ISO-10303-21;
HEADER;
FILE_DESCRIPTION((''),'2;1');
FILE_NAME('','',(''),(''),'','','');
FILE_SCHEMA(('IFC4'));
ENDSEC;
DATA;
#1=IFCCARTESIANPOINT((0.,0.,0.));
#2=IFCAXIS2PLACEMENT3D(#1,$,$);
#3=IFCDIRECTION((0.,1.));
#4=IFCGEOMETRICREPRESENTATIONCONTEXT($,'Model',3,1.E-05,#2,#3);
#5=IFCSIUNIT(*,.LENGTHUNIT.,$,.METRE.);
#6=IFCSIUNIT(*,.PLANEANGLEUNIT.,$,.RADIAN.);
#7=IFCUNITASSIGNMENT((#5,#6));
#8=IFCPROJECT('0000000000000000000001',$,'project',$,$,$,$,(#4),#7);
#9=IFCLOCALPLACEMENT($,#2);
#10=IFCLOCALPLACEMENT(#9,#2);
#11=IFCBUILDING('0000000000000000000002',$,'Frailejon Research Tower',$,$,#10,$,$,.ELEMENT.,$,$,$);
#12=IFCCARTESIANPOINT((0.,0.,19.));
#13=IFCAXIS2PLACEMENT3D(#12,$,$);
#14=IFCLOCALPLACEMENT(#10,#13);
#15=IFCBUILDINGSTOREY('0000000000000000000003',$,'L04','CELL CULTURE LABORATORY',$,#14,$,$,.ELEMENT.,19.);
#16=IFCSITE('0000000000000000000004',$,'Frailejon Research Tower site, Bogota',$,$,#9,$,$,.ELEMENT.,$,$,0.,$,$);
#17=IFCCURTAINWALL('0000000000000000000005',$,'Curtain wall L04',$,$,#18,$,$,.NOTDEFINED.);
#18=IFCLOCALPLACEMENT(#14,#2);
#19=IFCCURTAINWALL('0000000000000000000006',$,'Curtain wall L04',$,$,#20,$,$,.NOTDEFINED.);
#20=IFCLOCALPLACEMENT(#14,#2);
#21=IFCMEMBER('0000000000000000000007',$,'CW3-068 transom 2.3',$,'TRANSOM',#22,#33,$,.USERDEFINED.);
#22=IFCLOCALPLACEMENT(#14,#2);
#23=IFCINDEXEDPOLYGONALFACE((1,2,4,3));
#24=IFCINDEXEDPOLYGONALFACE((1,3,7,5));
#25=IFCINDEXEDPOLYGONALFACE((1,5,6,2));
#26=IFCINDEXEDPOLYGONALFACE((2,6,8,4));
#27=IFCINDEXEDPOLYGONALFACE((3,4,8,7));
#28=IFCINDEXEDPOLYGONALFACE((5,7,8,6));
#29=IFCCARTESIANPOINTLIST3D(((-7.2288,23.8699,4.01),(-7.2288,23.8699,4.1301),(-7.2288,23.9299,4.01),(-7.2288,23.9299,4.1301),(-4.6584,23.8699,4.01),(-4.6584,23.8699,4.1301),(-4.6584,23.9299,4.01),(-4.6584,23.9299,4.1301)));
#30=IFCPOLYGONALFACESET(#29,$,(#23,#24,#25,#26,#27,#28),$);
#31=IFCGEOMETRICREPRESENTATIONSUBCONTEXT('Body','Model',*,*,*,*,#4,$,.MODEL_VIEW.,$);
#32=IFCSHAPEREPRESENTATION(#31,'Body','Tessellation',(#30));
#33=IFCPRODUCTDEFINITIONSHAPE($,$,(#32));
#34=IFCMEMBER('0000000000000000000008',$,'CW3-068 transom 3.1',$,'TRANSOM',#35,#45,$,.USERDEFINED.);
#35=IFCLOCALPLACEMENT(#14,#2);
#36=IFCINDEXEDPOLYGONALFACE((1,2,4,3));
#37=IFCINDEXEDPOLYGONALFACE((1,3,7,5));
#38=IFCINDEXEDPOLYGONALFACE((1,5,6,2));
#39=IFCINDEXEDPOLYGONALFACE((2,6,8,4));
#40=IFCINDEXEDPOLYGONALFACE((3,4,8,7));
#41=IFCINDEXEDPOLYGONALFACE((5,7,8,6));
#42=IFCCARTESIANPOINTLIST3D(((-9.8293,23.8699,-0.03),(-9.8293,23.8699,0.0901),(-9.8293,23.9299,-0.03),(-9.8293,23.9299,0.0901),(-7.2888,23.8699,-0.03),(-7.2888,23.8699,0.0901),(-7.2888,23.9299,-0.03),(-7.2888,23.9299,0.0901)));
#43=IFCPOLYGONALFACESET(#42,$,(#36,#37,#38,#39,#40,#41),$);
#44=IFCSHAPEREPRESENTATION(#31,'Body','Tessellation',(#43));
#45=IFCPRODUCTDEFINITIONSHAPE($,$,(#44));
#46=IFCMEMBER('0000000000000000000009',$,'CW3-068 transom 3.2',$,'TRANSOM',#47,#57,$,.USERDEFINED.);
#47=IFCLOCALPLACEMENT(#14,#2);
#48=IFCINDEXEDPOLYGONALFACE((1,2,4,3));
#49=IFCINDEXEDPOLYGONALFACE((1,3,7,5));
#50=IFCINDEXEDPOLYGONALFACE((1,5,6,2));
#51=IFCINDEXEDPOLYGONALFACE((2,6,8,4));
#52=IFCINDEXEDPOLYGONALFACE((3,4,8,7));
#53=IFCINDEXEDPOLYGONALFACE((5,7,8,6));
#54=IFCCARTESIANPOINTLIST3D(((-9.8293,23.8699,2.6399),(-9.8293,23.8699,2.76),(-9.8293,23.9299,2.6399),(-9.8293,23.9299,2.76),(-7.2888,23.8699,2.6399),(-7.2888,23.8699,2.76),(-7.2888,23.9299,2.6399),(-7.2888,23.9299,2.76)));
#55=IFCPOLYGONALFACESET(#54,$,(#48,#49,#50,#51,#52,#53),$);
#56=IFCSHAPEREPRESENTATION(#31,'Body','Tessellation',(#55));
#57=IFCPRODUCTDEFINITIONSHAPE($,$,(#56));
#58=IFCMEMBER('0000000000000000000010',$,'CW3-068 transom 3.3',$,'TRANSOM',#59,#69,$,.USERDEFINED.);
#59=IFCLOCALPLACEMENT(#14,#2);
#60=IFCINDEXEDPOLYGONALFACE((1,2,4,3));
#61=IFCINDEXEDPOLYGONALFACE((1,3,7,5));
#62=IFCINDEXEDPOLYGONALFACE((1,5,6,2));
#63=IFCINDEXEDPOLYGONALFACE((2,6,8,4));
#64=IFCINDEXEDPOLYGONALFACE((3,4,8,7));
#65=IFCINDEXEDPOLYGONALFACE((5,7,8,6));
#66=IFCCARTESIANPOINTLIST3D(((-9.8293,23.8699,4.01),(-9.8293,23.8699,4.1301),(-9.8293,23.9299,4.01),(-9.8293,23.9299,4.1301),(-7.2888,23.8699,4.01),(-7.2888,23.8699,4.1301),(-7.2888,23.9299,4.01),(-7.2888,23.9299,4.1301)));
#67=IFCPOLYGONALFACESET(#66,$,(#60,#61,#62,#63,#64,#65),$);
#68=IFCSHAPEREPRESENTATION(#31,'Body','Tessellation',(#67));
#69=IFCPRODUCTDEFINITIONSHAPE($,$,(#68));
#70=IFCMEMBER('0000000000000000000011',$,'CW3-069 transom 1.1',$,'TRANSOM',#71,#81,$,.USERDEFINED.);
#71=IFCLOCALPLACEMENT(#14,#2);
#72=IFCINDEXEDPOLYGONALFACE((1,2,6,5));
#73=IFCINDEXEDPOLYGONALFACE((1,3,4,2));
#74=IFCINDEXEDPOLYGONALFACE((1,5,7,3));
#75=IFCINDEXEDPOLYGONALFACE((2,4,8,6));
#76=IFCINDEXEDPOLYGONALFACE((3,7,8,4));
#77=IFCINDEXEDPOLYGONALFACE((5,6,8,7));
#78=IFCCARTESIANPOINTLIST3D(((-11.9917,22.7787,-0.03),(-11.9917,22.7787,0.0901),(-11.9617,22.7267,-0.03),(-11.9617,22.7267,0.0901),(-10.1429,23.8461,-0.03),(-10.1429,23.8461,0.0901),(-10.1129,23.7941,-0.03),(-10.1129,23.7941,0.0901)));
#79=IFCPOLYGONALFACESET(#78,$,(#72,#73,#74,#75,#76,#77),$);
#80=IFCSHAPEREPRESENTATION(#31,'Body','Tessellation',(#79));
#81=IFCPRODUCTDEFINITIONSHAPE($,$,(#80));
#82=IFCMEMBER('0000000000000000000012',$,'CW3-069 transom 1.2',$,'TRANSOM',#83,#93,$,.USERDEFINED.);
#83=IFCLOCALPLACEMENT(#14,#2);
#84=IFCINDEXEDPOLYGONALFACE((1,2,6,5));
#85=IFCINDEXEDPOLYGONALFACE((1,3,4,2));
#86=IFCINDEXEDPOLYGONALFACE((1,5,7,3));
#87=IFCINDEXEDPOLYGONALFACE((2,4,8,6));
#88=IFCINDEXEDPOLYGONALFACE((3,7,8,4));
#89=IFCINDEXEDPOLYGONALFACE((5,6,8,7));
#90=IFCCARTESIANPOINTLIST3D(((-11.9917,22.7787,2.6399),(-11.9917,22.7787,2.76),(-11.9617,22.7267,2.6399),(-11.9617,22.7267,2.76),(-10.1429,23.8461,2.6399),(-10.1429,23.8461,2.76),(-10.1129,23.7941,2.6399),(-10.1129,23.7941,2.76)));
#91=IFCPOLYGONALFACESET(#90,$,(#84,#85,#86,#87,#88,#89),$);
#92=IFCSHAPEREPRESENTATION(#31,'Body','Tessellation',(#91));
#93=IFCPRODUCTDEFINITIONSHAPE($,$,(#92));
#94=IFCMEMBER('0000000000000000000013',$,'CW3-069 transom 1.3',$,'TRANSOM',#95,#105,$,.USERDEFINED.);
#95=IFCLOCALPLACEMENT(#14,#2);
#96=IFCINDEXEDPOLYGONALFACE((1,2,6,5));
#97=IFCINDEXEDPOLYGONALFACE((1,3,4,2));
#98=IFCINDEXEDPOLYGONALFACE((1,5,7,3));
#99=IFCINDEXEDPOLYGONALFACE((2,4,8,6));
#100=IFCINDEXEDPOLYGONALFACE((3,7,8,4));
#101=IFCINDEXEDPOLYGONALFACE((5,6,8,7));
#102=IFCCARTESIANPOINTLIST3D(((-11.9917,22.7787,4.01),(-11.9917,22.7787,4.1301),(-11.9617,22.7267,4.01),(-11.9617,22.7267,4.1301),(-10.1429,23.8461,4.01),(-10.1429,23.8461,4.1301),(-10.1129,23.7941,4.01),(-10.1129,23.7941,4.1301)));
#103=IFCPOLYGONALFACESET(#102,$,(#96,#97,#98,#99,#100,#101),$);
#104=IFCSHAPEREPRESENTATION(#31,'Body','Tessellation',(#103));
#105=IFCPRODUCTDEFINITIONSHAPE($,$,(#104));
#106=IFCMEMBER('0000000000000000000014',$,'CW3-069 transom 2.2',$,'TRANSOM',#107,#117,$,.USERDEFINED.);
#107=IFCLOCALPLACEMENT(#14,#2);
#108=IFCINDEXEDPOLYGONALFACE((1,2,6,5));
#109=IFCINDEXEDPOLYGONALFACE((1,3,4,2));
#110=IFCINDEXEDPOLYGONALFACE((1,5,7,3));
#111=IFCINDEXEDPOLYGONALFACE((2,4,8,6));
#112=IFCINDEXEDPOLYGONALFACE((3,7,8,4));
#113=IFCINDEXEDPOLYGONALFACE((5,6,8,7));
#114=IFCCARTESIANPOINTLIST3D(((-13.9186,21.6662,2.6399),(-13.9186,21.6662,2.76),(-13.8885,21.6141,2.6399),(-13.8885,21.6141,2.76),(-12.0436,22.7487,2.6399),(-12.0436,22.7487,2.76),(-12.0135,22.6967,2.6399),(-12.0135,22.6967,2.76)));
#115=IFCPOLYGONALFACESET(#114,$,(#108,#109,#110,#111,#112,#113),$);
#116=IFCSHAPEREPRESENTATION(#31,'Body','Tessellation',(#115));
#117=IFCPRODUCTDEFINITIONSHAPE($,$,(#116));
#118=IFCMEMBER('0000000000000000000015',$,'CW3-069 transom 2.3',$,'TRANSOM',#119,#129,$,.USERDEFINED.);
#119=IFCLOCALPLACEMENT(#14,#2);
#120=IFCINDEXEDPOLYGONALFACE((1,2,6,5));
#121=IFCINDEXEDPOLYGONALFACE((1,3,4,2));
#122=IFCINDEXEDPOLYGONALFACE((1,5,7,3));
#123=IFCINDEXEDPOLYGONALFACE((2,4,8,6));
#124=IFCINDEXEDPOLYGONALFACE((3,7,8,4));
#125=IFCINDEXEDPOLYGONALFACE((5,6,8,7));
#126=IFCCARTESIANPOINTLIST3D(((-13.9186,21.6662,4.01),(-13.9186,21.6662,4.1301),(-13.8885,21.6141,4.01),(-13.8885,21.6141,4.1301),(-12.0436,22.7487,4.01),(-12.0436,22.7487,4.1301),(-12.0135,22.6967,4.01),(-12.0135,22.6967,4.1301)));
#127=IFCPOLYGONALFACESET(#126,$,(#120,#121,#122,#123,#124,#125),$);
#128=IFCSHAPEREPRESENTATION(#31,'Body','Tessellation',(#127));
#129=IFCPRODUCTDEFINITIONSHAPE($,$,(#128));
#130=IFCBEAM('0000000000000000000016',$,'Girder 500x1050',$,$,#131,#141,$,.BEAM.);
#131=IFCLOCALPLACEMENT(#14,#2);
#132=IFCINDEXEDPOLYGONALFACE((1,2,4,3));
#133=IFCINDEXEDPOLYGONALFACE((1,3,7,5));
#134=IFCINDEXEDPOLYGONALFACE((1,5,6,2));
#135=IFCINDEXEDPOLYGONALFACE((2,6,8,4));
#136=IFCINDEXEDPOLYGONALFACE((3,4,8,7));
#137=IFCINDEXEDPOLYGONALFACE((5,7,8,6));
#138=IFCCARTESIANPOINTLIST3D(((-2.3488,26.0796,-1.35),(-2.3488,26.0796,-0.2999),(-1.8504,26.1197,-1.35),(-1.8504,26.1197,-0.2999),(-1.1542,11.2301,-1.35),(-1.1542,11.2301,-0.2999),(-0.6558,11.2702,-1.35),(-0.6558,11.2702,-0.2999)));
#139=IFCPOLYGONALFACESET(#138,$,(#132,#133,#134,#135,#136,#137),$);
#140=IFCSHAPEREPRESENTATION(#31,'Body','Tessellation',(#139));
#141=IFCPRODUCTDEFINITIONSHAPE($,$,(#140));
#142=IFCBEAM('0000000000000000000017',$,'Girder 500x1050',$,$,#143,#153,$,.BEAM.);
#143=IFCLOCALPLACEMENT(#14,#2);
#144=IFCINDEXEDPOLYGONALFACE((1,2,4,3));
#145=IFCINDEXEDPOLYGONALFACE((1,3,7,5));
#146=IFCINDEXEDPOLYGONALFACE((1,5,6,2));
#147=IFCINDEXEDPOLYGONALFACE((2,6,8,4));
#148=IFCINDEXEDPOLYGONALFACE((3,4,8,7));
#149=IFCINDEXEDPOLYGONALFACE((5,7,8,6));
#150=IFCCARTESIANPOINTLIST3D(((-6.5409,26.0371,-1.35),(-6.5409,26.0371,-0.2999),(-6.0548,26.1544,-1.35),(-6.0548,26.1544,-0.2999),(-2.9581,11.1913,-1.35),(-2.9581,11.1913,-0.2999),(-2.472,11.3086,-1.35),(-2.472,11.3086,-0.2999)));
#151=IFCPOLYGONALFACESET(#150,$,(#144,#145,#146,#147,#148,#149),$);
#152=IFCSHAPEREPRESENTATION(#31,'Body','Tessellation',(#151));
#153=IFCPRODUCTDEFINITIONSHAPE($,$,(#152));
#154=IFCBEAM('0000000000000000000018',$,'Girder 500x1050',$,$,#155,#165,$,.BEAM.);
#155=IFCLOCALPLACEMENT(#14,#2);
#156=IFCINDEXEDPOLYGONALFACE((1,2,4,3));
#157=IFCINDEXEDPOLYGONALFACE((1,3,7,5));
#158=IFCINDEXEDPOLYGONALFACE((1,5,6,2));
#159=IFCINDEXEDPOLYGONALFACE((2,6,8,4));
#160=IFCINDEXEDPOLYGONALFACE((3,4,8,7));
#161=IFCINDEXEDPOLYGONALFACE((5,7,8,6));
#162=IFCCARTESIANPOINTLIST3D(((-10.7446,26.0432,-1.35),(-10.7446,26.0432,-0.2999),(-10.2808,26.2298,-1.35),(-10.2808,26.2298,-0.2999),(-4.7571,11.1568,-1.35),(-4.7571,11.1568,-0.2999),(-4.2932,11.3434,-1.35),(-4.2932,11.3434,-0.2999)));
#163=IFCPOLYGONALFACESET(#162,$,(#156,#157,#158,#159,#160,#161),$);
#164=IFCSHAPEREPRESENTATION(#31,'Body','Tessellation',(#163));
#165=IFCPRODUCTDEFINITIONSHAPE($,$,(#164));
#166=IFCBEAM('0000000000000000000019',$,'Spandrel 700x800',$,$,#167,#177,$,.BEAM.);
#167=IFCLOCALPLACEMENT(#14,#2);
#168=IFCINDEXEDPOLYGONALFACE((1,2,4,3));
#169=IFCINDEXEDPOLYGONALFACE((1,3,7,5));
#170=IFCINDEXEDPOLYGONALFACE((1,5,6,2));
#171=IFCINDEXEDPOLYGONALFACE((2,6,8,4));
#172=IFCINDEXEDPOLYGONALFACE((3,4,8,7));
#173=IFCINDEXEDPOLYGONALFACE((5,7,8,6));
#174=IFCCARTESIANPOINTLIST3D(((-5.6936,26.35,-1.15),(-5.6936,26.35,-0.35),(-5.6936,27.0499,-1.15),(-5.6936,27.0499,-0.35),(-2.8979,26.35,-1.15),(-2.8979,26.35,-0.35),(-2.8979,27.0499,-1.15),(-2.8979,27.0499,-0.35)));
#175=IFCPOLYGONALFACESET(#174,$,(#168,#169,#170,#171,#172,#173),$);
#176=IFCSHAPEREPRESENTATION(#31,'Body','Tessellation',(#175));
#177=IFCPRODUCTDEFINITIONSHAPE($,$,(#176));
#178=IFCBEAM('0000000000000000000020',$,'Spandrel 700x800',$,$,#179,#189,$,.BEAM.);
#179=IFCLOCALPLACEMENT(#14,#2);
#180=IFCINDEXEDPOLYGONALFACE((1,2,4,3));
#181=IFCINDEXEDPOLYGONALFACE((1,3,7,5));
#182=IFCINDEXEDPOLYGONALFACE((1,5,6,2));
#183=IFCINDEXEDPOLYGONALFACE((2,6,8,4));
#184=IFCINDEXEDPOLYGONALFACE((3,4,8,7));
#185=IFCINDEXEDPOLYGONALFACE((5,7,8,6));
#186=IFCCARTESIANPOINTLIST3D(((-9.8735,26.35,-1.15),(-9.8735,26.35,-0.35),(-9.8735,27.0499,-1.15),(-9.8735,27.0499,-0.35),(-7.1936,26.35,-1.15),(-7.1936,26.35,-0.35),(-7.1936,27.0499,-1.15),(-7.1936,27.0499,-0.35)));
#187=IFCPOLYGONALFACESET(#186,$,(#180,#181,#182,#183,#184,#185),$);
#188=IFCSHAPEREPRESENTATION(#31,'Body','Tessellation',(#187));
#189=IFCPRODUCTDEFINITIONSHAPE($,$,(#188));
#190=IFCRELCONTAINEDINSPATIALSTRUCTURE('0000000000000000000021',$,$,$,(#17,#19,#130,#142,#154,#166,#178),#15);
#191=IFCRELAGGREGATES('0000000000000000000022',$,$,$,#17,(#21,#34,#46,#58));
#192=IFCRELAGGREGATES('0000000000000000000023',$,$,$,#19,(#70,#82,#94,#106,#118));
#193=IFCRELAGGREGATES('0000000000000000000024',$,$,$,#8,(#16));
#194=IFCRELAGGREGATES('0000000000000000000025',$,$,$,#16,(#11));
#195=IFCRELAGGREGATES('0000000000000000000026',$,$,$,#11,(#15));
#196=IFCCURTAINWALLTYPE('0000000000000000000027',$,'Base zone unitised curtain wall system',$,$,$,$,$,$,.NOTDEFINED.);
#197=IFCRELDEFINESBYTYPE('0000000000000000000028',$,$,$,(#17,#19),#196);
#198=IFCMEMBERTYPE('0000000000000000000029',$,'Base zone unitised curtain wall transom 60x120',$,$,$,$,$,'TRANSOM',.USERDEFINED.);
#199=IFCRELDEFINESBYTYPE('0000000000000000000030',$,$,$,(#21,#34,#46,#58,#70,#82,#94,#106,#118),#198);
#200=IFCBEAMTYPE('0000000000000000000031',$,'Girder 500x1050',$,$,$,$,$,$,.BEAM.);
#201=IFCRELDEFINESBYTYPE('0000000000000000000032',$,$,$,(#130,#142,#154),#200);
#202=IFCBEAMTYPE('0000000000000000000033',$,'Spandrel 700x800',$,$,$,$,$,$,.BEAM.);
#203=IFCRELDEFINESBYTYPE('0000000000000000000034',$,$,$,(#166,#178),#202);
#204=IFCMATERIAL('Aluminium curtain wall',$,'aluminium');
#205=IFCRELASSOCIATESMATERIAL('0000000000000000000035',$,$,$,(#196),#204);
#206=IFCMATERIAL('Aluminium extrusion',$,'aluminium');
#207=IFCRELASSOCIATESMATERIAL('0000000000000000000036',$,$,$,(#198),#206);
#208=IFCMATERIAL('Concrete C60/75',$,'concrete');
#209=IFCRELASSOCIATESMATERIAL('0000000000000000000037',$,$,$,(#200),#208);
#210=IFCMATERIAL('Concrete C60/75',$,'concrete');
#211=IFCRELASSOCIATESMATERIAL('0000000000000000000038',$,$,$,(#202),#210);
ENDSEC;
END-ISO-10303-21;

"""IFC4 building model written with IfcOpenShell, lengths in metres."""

from ifc_helpers import new_model, si_unit, direction, frame, origin, origin_2d, place, context, subcontext, project, spatial, rectangle, extrude, material, material_profile, profile_set, type_object, element, aggregate, save


model = new_model("IFC4")

# Units and contexts
model_context = context("Model", 3, precision=1e-05, world=origin(), true_north=direction((0.0, 1.0)))
body_context = subcontext(model_context, "Body", "Model", "MODEL_VIEW")
ifc_project = project(units=[si_unit("LENGTHUNIT", "METRE"), si_unit("PLANEANGLEUNIT", "RADIAN")], contexts=[model_context])

# Site, building, storey
site_placement = place(None, origin())
site = spatial("IfcSite", under=ifc_project, at=site_placement, Name="Frailejon Research Tower site, Bogota", CompositionType="ELEMENT", RefElevation=0.0)
building_placement = place(site_placement, origin())
building = spatial("IfcBuilding", under=site, at=building_placement, Name="Frailejon Research Tower", CompositionType="ELEMENT")
storey_placement = place(building_placement, frame((0.0, 0.0, 19.0)))
storey = spatial("IfcBuildingStorey", under=building, at=storey_placement, Name="L04", Description="CELL CULTURE LABORATORY", CompositionType="ELEMENT", Elevation=19.0)

# Curtain walls
ifc_material_1 = material(Name="Aluminium curtain wall", Category="aluminium")
curtain_wall_type = type_object("IfcCurtainWallType", Name="Base zone unitised curtain wall system", PredefinedType="NOTDEFINED", material=ifc_material_1)
curtain_wall_1_placement = place(storey_placement, origin())
curtain_wall_1 = element("IfcCurtainWall", 1, at=curtain_wall_1_placement, inside=storey, type_object=curtain_wall_type, Name="Curtain wall L04", PredefinedType="NOTDEFINED")
curtain_wall_2_placement = place(storey_placement, origin())
curtain_wall_2 = element("IfcCurtainWall", 2, at=curtain_wall_2_placement, inside=storey, type_object=curtain_wall_type, Name="Curtain wall L04", PredefinedType="NOTDEFINED")

# Members
ifc_material_2 = material(Name="Aluminium extrusion", Category="aluminium")
ifc_material_profile_1 = material_profile(ifc_material_2, rectangle(XDim=0.0601, YDim=0.1201, at=origin_2d()), Name="Base zone unitised curtain wall transom 60x120")
ifc_profile_set_1 = profile_set([ifc_material_profile_1], Name="Aluminium extrusion")
member_type_1 = type_object("IfcMemberType", Name="Base zone unitised curtain wall transom 60x120", ElementType="TRANSOM", PredefinedType="USERDEFINED", material=ifc_profile_set_1)
member_1_placement = place(storey_placement, frame((-4.6584, 23.8999, 4.0701), z_axis=(-1.0, 0.0, 0.0), x_axis=(0.0, -1.0, 0.0)))
member_1 = element("IfcMember", 3, at=member_1_placement, type_object=member_type_1, Name="CW3-068 transom 2.3", ObjectType="TRANSOM", PredefinedType="USERDEFINED", context=body_context, shape_type="SweptSolid", body=[
    extrude(rectangle(XDim=0.0601, YDim=0.1201, at=origin_2d()), origin(), (0.0, 0.0, 1.0), 2.5703),
])
member_2_placement = place(storey_placement, frame((-7.2888, 23.8999, 0.03), z_axis=(-1.0, 0.0, 0.0), x_axis=(0.0, -1.0, 0.0)))
member_2 = element("IfcMember", 4, at=member_2_placement, type_object=member_type_1, Name="CW3-068 transom 3.1", ObjectType="TRANSOM", PredefinedType="USERDEFINED", context=body_context, shape_type="SweptSolid", body=[
    extrude(rectangle(XDim=0.0601, YDim=0.1201, at=origin_2d()), origin(), (0.0, 0.0, 1.0), 2.5405),
])
member_3_placement = place(storey_placement, frame((-7.2888, 23.8999, 2.7), z_axis=(-1.0, 0.0, 0.0), x_axis=(0.0, -1.0, 0.0)))
member_3 = element("IfcMember", 5, at=member_3_placement, type_object=member_type_1, Name="CW3-068 transom 3.2", ObjectType="TRANSOM", PredefinedType="USERDEFINED", context=body_context, shape_type="SweptSolid", body=[
    extrude(rectangle(XDim=0.0601, YDim=0.1201, at=origin_2d()), origin(), (0.0, 0.0, 1.0), 2.5405),
])
member_4_placement = place(storey_placement, frame((-7.2888, 23.8999, 4.0701), z_axis=(-1.0, 0.0, 0.0), x_axis=(0.0, -1.0, 0.0)))
member_4 = element("IfcMember", 6, at=member_4_placement, type_object=member_type_1, Name="CW3-068 transom 3.3", ObjectType="TRANSOM", PredefinedType="USERDEFINED", context=body_context, shape_type="SweptSolid", body=[
    extrude(rectangle(XDim=0.0601, YDim=0.1201, at=origin_2d()), origin(), (0.0, 0.0, 1.0), 2.5405),
])
member_5_placement = place(storey_placement, frame((-10.1279, 23.8201, 0.03), z_axis=(-0.866039, -0.499977, 0.0), x_axis=(0.499977, -0.866039, 0.0)))
member_5 = element("IfcMember", 7, at=member_5_placement, type_object=member_type_1, Name="CW3-069 transom 1.1", ObjectType="TRANSOM", PredefinedType="USERDEFINED", context=body_context, shape_type="SweptSolid", body=[
    extrude(rectangle(XDim=0.0601, YDim=0.1201, at=origin_2d()), origin(), (0.0, 0.0, 1.0), 2.1348),
])
member_6_placement = place(storey_placement, frame((-10.1279, 23.8201, 2.7), z_axis=(-0.866039, -0.499977, 0.0), x_axis=(0.499977, -0.866039, 0.0)))
member_6 = element("IfcMember", 8, at=member_6_placement, type_object=member_type_1, Name="CW3-069 transom 1.2", ObjectType="TRANSOM", PredefinedType="USERDEFINED", context=body_context, shape_type="SweptSolid", body=[
    extrude(rectangle(XDim=0.0601, YDim=0.1201, at=origin_2d()), origin(), (0.0, 0.0, 1.0), 2.1348),
])
member_7_placement = place(storey_placement, frame((-10.1279, 23.8201, 4.0701), z_axis=(-0.866039, -0.499977, 0.0), x_axis=(0.499977, -0.866039, 0.0)))
member_7 = element("IfcMember", 9, at=member_7_placement, type_object=member_type_1, Name="CW3-069 transom 1.3", ObjectType="TRANSOM", PredefinedType="USERDEFINED", context=body_context, shape_type="SweptSolid", body=[
    extrude(rectangle(XDim=0.0601, YDim=0.1201, at=origin_2d()), origin(), (0.0, 0.0, 1.0), 2.1348),
])
member_8_placement = place(storey_placement, frame((-12.0286, 22.7227, 2.7), z_axis=(-0.866028, -0.499996, 0.0), x_axis=(0.499996, -0.866028, 0.0)))
member_8 = element("IfcMember", 10, at=member_8_placement, type_object=member_type_1, Name="CW3-069 transom 2.2", ObjectType="TRANSOM", PredefinedType="USERDEFINED", context=body_context, shape_type="SweptSolid", body=[
    extrude(rectangle(XDim=0.0601, YDim=0.1201, at=origin_2d()), origin(), (0.0, 0.0, 1.0), 2.165),
])
member_9_placement = place(storey_placement, frame((-12.0286, 22.7227, 4.0701), z_axis=(-0.866028, -0.499996, 0.0), x_axis=(0.499996, -0.866028, 0.0)))
member_9 = element("IfcMember", 11, at=member_9_placement, type_object=member_type_1, Name="CW3-069 transom 2.3", ObjectType="TRANSOM", PredefinedType="USERDEFINED", context=body_context, shape_type="SweptSolid", body=[
    extrude(rectangle(XDim=0.0601, YDim=0.1201, at=origin_2d()), origin(), (0.0, 0.0, 1.0), 2.165),
])

# Beams
ifc_material_3 = material(Name="Concrete C60/75", Category="concrete")
ifc_material_profile_2 = material_profile(ifc_material_3, rectangle(XDim=0.5, YDim=1.05, at=origin_2d()), Name="Girder 500x1050")
ifc_profile_set_2 = profile_set([ifc_material_profile_2], Name="Concrete C60/75")
beam_type_1 = type_object("IfcBeamType", Name="Girder 500x1050", PredefinedType="BEAM", material=ifc_profile_set_2)
beam_1_placement = place(storey_placement, frame((-2.0996, 26.0996, -0.825), z_axis=(0.080186, -0.99678, 0.0), x_axis=(0.99678, 0.080186, 0.0)))
element("IfcBeam", 12, at=beam_1_placement, inside=storey, type_object=beam_type_1, Name="Girder 500x1050", PredefinedType="BEAM", context=body_context, shape_type="SweptSolid", body=[
    extrude(rectangle(XDim=0.5, YDim=1.05, at=origin_2d()), origin(), (0.0, 0.0, 1.0), 14.8975),
])
beam_2_placement = place(storey_placement, frame((-6.2979, 26.0957, -0.825), z_axis=(0.234598, -0.972092, 0.0), x_axis=(0.972092, 0.234598, 0.0)))
element("IfcBeam", 13, at=beam_2_placement, inside=storey, type_object=beam_type_1, Name="Girder 500x1050", PredefinedType="BEAM", context=body_context, shape_type="SweptSolid", body=[
    extrude(rectangle(XDim=0.5, YDim=1.05, at=origin_2d()), origin(), (0.0, 0.0, 1.0), 15.272),
])
beam_3_placement = place(storey_placement, frame((-10.5127, 26.1365, -0.825), z_axis=(0.373161, -0.927767, 0.0), x_axis=(0.927767, 0.373161, 0.0)))
element("IfcBeam", 14, at=beam_3_placement, inside=storey, type_object=beam_type_1, Name="Girder 500x1050", PredefinedType="BEAM", context=body_context, shape_type="SweptSolid", body=[
    extrude(rectangle(XDim=0.5, YDim=1.05, at=origin_2d()), origin(), (0.0, 0.0, 1.0), 16.0454),
])
ifc_material_4 = material(Name="Concrete C60/75", Category="concrete")
ifc_material_profile_3 = material_profile(ifc_material_4, rectangle(XDim=0.7, YDim=0.8, at=origin_2d()), Name="Spandrel 700x800")
ifc_profile_set_3 = profile_set([ifc_material_profile_3], Name="Concrete C60/75")
beam_type_2 = type_object("IfcBeamType", Name="Spandrel 700x800", PredefinedType="BEAM", material=ifc_profile_set_3)
beam_4_placement = place(storey_placement, frame((-2.8979, 26.7, -0.75), z_axis=(-1.0, 0.0, 0.0), x_axis=(0.0, -1.0, 0.0)))
element("IfcBeam", 15, at=beam_4_placement, inside=storey, type_object=beam_type_2, Name="Spandrel 700x800", PredefinedType="BEAM", context=body_context, shape_type="SweptSolid", body=[
    extrude(rectangle(XDim=0.7, YDim=0.8, at=origin_2d()), origin(), (0.0, 0.0, 1.0), 2.7957),
])
beam_5_placement = place(storey_placement, frame((-7.1936, 26.7, -0.75), z_axis=(-1.0, 0.0, 0.0), x_axis=(0.0, -1.0, 0.0)))
element("IfcBeam", 16, at=beam_5_placement, inside=storey, type_object=beam_type_2, Name="Spandrel 700x800", PredefinedType="BEAM", context=body_context, shape_type="SweptSolid", body=[
    extrude(rectangle(XDim=0.7, YDim=0.8, at=origin_2d()), origin(), (0.0, 0.0, 1.0), 2.6799),
])

aggregate(curtain_wall_1, [member_1, member_2, member_3, member_4])
aggregate(curtain_wall_2, [member_5, member_6, member_7, member_8, member_9])

save(model, "model.ifc")
